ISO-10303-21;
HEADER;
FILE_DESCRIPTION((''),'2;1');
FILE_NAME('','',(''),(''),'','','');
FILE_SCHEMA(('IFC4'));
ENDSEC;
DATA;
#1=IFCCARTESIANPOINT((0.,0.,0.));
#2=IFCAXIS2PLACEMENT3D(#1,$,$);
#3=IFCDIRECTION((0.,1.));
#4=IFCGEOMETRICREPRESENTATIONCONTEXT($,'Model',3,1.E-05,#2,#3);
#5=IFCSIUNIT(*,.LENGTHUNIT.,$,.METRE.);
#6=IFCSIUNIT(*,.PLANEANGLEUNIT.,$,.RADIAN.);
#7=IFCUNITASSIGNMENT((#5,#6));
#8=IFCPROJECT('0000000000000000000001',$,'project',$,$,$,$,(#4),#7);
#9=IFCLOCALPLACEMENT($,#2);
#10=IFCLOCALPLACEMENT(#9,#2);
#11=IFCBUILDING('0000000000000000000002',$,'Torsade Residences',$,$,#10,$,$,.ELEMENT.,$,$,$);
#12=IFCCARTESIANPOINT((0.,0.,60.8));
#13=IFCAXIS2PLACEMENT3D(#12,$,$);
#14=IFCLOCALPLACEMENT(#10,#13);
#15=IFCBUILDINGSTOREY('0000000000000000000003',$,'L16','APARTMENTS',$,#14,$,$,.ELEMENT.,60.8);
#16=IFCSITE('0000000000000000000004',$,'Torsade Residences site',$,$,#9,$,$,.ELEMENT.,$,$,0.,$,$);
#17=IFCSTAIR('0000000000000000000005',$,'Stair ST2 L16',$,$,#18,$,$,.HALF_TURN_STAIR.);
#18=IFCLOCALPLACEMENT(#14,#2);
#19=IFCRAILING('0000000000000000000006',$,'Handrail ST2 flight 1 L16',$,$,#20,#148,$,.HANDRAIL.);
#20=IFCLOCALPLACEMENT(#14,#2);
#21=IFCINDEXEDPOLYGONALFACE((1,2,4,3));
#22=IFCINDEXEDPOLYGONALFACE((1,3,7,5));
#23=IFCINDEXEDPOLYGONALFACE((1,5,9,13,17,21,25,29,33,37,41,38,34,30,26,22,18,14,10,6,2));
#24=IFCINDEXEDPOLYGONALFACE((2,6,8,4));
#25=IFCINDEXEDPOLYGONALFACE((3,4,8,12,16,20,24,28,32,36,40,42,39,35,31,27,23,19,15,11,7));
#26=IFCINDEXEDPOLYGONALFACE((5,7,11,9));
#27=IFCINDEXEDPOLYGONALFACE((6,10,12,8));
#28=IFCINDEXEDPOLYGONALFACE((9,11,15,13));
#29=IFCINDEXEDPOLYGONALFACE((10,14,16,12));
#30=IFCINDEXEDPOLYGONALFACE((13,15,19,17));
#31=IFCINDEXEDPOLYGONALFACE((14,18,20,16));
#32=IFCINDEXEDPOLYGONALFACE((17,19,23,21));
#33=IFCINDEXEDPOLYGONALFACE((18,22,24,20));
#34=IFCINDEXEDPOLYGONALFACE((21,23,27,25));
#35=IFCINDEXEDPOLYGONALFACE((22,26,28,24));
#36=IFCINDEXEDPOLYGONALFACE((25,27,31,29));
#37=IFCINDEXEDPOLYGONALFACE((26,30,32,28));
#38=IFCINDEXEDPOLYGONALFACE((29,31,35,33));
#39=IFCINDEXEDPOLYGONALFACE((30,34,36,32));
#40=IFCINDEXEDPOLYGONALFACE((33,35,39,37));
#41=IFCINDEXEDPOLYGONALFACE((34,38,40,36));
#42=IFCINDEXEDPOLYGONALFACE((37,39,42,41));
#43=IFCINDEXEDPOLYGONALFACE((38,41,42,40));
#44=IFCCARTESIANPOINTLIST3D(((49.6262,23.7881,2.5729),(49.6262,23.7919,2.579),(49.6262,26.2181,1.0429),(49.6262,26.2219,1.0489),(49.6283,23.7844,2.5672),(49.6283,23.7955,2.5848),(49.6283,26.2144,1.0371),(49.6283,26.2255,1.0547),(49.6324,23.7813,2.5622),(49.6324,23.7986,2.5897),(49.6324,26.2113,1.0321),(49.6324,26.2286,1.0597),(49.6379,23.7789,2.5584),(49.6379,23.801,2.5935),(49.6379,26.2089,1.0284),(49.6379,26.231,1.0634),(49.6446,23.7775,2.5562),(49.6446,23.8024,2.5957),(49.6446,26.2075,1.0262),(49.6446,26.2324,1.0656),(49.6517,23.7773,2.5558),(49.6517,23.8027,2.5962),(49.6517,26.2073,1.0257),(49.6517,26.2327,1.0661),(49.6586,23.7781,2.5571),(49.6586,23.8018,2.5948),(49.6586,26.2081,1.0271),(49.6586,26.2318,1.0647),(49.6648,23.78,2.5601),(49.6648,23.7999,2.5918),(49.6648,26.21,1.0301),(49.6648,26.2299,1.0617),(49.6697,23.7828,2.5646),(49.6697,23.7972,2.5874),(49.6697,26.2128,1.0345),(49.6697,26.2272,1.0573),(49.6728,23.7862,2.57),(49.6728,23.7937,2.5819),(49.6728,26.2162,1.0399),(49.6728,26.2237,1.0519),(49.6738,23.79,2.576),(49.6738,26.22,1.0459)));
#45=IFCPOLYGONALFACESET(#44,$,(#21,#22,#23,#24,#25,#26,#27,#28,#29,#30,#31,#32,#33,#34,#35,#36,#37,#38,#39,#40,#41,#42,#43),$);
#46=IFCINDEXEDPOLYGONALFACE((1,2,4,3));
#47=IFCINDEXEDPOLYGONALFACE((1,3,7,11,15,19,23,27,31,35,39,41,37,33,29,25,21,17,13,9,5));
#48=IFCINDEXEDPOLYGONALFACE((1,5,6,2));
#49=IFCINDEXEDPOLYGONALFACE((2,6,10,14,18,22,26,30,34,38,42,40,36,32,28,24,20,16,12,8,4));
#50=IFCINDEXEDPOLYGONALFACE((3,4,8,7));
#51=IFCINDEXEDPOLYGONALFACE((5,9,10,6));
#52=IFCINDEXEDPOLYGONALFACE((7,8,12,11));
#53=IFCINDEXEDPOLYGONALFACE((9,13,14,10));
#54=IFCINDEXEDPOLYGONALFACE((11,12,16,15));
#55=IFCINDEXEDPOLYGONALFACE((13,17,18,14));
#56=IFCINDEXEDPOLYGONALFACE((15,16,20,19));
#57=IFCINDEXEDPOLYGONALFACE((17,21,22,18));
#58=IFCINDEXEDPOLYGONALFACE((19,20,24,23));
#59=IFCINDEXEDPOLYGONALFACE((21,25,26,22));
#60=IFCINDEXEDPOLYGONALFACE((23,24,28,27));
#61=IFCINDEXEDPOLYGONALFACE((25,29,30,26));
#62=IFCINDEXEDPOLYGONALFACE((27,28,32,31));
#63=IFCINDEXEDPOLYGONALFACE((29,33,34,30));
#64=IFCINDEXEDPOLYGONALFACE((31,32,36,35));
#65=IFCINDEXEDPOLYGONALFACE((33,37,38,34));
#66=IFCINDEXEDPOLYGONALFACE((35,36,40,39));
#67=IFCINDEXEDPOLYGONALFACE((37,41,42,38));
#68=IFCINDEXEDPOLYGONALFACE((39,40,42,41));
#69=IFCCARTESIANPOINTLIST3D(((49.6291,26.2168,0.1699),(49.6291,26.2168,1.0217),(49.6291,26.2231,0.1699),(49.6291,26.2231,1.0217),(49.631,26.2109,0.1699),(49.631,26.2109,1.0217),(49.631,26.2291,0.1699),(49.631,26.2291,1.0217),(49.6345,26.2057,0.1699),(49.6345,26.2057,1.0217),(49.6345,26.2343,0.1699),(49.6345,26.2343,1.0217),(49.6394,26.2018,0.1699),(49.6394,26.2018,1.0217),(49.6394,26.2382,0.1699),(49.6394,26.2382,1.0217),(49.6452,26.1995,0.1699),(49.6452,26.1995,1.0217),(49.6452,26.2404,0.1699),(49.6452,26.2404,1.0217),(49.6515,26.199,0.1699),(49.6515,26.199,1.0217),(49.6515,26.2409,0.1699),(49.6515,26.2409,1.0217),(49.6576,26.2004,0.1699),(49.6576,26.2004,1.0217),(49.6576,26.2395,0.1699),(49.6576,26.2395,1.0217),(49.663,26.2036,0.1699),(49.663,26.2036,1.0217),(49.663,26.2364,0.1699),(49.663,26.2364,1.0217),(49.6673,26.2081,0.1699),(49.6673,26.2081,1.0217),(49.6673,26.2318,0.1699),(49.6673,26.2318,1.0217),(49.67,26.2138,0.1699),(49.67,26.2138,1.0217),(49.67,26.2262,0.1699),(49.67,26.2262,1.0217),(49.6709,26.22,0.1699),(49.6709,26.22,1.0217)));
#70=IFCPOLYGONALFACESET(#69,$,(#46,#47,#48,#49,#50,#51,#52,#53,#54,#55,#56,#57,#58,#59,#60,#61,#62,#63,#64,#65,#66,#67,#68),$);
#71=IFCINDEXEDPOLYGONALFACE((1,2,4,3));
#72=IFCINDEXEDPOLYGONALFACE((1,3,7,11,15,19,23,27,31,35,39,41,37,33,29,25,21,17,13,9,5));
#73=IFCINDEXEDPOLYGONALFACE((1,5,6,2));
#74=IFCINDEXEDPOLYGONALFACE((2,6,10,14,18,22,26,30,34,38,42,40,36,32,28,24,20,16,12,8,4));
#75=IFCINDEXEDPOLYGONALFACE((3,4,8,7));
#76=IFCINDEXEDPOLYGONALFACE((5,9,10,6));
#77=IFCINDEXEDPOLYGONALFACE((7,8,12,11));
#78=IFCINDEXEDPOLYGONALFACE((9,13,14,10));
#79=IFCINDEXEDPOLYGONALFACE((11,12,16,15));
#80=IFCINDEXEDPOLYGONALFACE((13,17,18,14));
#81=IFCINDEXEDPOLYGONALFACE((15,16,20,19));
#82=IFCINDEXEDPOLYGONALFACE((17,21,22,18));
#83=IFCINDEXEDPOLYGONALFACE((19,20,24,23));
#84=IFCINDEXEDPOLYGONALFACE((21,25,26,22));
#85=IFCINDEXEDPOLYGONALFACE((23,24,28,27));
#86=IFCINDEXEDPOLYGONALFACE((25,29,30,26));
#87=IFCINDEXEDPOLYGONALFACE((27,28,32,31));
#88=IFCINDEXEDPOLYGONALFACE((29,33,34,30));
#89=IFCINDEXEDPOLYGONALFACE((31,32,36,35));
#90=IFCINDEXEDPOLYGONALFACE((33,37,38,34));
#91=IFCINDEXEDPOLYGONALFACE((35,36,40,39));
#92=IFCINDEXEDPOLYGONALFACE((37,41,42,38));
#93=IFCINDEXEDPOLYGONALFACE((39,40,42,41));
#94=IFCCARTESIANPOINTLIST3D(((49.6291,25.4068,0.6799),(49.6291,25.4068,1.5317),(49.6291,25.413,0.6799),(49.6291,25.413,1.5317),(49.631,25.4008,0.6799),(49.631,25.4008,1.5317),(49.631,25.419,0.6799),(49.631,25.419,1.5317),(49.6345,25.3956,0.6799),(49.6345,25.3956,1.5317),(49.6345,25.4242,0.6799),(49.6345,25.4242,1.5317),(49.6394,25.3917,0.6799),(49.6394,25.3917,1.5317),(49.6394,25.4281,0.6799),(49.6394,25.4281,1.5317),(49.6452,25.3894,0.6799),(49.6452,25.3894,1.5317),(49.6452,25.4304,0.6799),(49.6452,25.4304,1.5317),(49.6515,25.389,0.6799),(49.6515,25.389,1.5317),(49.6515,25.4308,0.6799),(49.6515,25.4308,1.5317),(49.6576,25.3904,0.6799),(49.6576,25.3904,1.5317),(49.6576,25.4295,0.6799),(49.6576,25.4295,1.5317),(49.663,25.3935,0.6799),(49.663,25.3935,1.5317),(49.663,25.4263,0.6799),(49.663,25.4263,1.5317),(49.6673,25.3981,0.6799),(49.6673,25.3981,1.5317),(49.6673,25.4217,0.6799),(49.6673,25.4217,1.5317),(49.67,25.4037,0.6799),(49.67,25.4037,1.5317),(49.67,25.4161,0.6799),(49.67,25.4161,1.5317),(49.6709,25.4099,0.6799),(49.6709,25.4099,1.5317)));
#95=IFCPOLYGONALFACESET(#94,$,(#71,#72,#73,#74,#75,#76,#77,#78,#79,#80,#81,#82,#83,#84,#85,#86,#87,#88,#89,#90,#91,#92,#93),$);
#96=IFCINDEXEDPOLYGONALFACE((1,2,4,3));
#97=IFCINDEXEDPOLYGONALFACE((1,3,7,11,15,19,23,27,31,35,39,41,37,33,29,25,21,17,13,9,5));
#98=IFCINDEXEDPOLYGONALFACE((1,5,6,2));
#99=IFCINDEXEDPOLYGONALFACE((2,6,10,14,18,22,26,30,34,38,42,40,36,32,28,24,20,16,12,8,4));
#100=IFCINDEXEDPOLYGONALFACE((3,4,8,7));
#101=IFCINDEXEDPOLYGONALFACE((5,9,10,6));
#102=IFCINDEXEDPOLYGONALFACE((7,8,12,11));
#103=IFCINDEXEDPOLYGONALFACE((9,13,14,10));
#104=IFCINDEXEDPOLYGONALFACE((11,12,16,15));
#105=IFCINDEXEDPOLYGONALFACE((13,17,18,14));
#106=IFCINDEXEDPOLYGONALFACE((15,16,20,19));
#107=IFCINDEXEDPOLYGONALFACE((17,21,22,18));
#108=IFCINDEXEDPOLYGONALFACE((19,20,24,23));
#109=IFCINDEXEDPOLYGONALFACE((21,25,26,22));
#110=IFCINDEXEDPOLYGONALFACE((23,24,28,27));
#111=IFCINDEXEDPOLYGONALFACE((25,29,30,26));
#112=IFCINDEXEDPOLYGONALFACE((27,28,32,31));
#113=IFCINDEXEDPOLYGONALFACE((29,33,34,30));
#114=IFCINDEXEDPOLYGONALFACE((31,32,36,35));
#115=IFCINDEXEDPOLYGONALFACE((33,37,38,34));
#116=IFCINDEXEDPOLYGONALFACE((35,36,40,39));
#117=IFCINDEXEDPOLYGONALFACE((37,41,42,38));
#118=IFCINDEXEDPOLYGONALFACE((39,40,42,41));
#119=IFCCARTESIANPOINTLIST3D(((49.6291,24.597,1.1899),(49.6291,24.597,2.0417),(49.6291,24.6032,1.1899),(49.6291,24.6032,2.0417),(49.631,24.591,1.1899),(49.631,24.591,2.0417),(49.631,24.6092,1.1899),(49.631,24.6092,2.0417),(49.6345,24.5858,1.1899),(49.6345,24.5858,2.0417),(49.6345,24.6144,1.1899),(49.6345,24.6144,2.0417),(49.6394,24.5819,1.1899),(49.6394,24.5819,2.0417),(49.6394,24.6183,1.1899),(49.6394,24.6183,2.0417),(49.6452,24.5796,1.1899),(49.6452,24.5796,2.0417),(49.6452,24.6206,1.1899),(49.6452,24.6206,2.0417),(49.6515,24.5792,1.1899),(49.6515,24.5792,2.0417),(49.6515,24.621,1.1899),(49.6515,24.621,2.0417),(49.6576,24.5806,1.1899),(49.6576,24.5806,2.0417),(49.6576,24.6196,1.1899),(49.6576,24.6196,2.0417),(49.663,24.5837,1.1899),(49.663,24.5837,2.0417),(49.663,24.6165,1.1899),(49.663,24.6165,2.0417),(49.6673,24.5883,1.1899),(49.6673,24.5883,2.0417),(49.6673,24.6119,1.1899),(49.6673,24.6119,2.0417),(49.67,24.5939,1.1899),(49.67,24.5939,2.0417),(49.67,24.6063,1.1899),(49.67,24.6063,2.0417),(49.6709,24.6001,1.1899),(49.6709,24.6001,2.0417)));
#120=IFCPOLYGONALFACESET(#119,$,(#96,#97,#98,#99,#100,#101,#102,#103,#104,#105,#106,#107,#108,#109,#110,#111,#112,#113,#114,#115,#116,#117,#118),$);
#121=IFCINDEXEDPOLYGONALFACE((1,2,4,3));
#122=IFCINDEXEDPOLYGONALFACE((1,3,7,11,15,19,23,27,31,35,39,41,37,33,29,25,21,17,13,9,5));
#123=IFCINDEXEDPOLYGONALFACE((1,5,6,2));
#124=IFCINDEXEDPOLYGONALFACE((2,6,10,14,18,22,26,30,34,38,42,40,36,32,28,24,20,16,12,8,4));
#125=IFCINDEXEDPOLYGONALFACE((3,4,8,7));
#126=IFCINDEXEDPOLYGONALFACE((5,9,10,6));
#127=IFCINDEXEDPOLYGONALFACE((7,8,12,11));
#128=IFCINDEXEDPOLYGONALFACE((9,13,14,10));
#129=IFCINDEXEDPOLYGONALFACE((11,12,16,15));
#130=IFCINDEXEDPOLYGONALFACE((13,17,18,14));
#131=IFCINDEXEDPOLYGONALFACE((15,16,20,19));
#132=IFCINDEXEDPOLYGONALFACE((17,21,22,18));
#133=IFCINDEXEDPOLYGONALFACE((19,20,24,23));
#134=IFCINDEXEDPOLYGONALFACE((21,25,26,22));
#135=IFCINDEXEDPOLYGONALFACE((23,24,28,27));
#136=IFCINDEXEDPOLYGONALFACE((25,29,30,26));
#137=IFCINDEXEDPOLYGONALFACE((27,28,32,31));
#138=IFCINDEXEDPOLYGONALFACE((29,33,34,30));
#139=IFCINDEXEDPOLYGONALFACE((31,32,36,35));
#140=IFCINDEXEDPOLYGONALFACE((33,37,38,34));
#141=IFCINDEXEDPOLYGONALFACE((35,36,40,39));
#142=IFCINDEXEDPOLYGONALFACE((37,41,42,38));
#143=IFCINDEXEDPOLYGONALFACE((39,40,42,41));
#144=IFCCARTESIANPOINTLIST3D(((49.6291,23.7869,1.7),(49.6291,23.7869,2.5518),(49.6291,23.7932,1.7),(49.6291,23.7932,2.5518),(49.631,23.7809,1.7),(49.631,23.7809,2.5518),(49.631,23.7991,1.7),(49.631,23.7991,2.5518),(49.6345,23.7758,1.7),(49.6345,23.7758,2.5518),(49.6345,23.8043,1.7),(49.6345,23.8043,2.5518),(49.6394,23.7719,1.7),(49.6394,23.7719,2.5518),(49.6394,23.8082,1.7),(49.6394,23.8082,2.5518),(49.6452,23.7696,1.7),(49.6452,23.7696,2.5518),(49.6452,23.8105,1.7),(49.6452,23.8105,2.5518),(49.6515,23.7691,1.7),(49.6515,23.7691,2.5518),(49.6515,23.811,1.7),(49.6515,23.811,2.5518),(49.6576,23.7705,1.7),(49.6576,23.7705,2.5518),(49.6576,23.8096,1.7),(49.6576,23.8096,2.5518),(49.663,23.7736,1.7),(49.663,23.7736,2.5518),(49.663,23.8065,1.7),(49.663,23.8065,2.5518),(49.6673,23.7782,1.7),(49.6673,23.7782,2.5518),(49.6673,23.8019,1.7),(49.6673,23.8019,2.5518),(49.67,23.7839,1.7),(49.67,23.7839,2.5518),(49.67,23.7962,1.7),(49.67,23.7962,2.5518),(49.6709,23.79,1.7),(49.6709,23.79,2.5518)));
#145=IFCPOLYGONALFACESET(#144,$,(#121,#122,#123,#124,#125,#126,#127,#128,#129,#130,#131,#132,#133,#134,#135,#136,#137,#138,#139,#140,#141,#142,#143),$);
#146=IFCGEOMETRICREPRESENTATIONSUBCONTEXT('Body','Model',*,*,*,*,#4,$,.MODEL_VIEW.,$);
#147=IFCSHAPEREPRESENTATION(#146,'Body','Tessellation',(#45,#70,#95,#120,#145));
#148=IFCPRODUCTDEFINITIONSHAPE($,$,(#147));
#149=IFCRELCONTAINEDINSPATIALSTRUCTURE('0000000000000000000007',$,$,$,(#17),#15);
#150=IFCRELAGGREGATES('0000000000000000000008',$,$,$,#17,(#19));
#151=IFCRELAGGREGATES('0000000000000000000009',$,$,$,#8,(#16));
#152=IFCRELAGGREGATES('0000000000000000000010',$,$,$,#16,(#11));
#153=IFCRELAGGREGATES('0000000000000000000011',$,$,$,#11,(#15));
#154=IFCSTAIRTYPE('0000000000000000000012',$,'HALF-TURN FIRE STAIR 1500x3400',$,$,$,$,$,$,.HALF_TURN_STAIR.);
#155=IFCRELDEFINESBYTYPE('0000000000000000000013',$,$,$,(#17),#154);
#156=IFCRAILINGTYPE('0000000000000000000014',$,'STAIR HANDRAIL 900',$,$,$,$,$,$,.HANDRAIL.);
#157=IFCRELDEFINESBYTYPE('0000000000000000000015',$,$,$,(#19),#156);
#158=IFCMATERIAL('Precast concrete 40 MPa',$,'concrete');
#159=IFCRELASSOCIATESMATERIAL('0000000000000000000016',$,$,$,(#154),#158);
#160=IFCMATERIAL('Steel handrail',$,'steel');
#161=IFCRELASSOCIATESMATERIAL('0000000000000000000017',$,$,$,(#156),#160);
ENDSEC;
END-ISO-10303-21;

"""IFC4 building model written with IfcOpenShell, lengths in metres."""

from ifc_helpers import new_model, si_unit, direction, frame, origin, origin_2d, place, context, subcontext, project, spatial, circle, extrude, material, type_object, element, aggregate, save


model = new_model("IFC4")

# Units and contexts
model_context = context("Model", 3, precision=1e-05, world=origin(), true_north=direction((0.0, 1.0)))
body_context = subcontext(model_context, "Body", "Model", "MODEL_VIEW")
ifc_project = project(units=[si_unit("LENGTHUNIT", "METRE"), si_unit("PLANEANGLEUNIT", "RADIAN")], contexts=[model_context])

# Site, building, storey
site_placement = place(None, origin())
site = spatial("IfcSite", under=ifc_project, at=site_placement, Name="Torsade Residences site", CompositionType="ELEMENT", RefElevation=0.0)
building_placement = place(site_placement, origin())
building = spatial("IfcBuilding", under=site, at=building_placement, Name="Torsade Residences", CompositionType="ELEMENT")
storey_placement = place(building_placement, frame((0.0, 0.0, 60.8)))
storey = spatial("IfcBuildingStorey", under=building, at=storey_placement, Name="L16", Description="APARTMENTS", CompositionType="ELEMENT", Elevation=60.8)

# Stair, railing
ifc_material_1 = material(Name="Precast concrete 40 MPa", Category="concrete")
stair_type = type_object("IfcStairType", Name="HALF-TURN FIRE STAIR 1500x3400", PredefinedType="HALF_TURN_STAIR", material=ifc_material_1)
stair_placement = place(storey_placement, origin())
stair = element("IfcStair", 1, at=stair_placement, inside=storey, type_object=stair_type, Name="Stair ST2 L16", PredefinedType="HALF_TURN_STAIR")
ifc_material_2 = material(Name="Steel handrail", Category="steel")
railing_type = type_object("IfcRailingType", Name="STAIR HANDRAIL 900", PredefinedType="HANDRAIL", material=ifc_material_2)
railing_1_placement = place(storey_placement, frame((49.6499, 26.22, 0.1699)))
railing_1 = element("IfcRailing", 2, at=railing_1_placement, type_object=railing_type, Name="Handrail ST2 flight 1 L16", PredefinedType="HANDRAIL", context=body_context, shape_type="SweptSolid", body=[
    extrude(circle(Radius=0.0239, at=origin_2d()), frame((0.0, 0.0, 0.876), z_axis=(0.0, -0.846221, 0.532831), x_axis=(1.0, 0.0, 0.0)), (0.0, 0.0, 1.0), 2.8716),
    extrude(circle(Radius=0.021, at=origin_2d()), origin(), (0.0, 0.0, 1.0), 0.8518),
    extrude(circle(Radius=0.021, at=origin_2d()), frame((0.0, -0.8101, 0.51)), (0.0, 0.0, 1.0), 0.8518),
    extrude(circle(Radius=0.021, at=origin_2d()), frame((0.0, -1.6199, 1.02)), (0.0, 0.0, 1.0), 0.8518),
    extrude(circle(Radius=0.021, at=origin_2d()), frame((0.0, -2.4299, 1.53)), (0.0, 0.0, 1.0), 0.8518),
])
aggregate(stair, [railing_1])

save(model, "model.ifc")
